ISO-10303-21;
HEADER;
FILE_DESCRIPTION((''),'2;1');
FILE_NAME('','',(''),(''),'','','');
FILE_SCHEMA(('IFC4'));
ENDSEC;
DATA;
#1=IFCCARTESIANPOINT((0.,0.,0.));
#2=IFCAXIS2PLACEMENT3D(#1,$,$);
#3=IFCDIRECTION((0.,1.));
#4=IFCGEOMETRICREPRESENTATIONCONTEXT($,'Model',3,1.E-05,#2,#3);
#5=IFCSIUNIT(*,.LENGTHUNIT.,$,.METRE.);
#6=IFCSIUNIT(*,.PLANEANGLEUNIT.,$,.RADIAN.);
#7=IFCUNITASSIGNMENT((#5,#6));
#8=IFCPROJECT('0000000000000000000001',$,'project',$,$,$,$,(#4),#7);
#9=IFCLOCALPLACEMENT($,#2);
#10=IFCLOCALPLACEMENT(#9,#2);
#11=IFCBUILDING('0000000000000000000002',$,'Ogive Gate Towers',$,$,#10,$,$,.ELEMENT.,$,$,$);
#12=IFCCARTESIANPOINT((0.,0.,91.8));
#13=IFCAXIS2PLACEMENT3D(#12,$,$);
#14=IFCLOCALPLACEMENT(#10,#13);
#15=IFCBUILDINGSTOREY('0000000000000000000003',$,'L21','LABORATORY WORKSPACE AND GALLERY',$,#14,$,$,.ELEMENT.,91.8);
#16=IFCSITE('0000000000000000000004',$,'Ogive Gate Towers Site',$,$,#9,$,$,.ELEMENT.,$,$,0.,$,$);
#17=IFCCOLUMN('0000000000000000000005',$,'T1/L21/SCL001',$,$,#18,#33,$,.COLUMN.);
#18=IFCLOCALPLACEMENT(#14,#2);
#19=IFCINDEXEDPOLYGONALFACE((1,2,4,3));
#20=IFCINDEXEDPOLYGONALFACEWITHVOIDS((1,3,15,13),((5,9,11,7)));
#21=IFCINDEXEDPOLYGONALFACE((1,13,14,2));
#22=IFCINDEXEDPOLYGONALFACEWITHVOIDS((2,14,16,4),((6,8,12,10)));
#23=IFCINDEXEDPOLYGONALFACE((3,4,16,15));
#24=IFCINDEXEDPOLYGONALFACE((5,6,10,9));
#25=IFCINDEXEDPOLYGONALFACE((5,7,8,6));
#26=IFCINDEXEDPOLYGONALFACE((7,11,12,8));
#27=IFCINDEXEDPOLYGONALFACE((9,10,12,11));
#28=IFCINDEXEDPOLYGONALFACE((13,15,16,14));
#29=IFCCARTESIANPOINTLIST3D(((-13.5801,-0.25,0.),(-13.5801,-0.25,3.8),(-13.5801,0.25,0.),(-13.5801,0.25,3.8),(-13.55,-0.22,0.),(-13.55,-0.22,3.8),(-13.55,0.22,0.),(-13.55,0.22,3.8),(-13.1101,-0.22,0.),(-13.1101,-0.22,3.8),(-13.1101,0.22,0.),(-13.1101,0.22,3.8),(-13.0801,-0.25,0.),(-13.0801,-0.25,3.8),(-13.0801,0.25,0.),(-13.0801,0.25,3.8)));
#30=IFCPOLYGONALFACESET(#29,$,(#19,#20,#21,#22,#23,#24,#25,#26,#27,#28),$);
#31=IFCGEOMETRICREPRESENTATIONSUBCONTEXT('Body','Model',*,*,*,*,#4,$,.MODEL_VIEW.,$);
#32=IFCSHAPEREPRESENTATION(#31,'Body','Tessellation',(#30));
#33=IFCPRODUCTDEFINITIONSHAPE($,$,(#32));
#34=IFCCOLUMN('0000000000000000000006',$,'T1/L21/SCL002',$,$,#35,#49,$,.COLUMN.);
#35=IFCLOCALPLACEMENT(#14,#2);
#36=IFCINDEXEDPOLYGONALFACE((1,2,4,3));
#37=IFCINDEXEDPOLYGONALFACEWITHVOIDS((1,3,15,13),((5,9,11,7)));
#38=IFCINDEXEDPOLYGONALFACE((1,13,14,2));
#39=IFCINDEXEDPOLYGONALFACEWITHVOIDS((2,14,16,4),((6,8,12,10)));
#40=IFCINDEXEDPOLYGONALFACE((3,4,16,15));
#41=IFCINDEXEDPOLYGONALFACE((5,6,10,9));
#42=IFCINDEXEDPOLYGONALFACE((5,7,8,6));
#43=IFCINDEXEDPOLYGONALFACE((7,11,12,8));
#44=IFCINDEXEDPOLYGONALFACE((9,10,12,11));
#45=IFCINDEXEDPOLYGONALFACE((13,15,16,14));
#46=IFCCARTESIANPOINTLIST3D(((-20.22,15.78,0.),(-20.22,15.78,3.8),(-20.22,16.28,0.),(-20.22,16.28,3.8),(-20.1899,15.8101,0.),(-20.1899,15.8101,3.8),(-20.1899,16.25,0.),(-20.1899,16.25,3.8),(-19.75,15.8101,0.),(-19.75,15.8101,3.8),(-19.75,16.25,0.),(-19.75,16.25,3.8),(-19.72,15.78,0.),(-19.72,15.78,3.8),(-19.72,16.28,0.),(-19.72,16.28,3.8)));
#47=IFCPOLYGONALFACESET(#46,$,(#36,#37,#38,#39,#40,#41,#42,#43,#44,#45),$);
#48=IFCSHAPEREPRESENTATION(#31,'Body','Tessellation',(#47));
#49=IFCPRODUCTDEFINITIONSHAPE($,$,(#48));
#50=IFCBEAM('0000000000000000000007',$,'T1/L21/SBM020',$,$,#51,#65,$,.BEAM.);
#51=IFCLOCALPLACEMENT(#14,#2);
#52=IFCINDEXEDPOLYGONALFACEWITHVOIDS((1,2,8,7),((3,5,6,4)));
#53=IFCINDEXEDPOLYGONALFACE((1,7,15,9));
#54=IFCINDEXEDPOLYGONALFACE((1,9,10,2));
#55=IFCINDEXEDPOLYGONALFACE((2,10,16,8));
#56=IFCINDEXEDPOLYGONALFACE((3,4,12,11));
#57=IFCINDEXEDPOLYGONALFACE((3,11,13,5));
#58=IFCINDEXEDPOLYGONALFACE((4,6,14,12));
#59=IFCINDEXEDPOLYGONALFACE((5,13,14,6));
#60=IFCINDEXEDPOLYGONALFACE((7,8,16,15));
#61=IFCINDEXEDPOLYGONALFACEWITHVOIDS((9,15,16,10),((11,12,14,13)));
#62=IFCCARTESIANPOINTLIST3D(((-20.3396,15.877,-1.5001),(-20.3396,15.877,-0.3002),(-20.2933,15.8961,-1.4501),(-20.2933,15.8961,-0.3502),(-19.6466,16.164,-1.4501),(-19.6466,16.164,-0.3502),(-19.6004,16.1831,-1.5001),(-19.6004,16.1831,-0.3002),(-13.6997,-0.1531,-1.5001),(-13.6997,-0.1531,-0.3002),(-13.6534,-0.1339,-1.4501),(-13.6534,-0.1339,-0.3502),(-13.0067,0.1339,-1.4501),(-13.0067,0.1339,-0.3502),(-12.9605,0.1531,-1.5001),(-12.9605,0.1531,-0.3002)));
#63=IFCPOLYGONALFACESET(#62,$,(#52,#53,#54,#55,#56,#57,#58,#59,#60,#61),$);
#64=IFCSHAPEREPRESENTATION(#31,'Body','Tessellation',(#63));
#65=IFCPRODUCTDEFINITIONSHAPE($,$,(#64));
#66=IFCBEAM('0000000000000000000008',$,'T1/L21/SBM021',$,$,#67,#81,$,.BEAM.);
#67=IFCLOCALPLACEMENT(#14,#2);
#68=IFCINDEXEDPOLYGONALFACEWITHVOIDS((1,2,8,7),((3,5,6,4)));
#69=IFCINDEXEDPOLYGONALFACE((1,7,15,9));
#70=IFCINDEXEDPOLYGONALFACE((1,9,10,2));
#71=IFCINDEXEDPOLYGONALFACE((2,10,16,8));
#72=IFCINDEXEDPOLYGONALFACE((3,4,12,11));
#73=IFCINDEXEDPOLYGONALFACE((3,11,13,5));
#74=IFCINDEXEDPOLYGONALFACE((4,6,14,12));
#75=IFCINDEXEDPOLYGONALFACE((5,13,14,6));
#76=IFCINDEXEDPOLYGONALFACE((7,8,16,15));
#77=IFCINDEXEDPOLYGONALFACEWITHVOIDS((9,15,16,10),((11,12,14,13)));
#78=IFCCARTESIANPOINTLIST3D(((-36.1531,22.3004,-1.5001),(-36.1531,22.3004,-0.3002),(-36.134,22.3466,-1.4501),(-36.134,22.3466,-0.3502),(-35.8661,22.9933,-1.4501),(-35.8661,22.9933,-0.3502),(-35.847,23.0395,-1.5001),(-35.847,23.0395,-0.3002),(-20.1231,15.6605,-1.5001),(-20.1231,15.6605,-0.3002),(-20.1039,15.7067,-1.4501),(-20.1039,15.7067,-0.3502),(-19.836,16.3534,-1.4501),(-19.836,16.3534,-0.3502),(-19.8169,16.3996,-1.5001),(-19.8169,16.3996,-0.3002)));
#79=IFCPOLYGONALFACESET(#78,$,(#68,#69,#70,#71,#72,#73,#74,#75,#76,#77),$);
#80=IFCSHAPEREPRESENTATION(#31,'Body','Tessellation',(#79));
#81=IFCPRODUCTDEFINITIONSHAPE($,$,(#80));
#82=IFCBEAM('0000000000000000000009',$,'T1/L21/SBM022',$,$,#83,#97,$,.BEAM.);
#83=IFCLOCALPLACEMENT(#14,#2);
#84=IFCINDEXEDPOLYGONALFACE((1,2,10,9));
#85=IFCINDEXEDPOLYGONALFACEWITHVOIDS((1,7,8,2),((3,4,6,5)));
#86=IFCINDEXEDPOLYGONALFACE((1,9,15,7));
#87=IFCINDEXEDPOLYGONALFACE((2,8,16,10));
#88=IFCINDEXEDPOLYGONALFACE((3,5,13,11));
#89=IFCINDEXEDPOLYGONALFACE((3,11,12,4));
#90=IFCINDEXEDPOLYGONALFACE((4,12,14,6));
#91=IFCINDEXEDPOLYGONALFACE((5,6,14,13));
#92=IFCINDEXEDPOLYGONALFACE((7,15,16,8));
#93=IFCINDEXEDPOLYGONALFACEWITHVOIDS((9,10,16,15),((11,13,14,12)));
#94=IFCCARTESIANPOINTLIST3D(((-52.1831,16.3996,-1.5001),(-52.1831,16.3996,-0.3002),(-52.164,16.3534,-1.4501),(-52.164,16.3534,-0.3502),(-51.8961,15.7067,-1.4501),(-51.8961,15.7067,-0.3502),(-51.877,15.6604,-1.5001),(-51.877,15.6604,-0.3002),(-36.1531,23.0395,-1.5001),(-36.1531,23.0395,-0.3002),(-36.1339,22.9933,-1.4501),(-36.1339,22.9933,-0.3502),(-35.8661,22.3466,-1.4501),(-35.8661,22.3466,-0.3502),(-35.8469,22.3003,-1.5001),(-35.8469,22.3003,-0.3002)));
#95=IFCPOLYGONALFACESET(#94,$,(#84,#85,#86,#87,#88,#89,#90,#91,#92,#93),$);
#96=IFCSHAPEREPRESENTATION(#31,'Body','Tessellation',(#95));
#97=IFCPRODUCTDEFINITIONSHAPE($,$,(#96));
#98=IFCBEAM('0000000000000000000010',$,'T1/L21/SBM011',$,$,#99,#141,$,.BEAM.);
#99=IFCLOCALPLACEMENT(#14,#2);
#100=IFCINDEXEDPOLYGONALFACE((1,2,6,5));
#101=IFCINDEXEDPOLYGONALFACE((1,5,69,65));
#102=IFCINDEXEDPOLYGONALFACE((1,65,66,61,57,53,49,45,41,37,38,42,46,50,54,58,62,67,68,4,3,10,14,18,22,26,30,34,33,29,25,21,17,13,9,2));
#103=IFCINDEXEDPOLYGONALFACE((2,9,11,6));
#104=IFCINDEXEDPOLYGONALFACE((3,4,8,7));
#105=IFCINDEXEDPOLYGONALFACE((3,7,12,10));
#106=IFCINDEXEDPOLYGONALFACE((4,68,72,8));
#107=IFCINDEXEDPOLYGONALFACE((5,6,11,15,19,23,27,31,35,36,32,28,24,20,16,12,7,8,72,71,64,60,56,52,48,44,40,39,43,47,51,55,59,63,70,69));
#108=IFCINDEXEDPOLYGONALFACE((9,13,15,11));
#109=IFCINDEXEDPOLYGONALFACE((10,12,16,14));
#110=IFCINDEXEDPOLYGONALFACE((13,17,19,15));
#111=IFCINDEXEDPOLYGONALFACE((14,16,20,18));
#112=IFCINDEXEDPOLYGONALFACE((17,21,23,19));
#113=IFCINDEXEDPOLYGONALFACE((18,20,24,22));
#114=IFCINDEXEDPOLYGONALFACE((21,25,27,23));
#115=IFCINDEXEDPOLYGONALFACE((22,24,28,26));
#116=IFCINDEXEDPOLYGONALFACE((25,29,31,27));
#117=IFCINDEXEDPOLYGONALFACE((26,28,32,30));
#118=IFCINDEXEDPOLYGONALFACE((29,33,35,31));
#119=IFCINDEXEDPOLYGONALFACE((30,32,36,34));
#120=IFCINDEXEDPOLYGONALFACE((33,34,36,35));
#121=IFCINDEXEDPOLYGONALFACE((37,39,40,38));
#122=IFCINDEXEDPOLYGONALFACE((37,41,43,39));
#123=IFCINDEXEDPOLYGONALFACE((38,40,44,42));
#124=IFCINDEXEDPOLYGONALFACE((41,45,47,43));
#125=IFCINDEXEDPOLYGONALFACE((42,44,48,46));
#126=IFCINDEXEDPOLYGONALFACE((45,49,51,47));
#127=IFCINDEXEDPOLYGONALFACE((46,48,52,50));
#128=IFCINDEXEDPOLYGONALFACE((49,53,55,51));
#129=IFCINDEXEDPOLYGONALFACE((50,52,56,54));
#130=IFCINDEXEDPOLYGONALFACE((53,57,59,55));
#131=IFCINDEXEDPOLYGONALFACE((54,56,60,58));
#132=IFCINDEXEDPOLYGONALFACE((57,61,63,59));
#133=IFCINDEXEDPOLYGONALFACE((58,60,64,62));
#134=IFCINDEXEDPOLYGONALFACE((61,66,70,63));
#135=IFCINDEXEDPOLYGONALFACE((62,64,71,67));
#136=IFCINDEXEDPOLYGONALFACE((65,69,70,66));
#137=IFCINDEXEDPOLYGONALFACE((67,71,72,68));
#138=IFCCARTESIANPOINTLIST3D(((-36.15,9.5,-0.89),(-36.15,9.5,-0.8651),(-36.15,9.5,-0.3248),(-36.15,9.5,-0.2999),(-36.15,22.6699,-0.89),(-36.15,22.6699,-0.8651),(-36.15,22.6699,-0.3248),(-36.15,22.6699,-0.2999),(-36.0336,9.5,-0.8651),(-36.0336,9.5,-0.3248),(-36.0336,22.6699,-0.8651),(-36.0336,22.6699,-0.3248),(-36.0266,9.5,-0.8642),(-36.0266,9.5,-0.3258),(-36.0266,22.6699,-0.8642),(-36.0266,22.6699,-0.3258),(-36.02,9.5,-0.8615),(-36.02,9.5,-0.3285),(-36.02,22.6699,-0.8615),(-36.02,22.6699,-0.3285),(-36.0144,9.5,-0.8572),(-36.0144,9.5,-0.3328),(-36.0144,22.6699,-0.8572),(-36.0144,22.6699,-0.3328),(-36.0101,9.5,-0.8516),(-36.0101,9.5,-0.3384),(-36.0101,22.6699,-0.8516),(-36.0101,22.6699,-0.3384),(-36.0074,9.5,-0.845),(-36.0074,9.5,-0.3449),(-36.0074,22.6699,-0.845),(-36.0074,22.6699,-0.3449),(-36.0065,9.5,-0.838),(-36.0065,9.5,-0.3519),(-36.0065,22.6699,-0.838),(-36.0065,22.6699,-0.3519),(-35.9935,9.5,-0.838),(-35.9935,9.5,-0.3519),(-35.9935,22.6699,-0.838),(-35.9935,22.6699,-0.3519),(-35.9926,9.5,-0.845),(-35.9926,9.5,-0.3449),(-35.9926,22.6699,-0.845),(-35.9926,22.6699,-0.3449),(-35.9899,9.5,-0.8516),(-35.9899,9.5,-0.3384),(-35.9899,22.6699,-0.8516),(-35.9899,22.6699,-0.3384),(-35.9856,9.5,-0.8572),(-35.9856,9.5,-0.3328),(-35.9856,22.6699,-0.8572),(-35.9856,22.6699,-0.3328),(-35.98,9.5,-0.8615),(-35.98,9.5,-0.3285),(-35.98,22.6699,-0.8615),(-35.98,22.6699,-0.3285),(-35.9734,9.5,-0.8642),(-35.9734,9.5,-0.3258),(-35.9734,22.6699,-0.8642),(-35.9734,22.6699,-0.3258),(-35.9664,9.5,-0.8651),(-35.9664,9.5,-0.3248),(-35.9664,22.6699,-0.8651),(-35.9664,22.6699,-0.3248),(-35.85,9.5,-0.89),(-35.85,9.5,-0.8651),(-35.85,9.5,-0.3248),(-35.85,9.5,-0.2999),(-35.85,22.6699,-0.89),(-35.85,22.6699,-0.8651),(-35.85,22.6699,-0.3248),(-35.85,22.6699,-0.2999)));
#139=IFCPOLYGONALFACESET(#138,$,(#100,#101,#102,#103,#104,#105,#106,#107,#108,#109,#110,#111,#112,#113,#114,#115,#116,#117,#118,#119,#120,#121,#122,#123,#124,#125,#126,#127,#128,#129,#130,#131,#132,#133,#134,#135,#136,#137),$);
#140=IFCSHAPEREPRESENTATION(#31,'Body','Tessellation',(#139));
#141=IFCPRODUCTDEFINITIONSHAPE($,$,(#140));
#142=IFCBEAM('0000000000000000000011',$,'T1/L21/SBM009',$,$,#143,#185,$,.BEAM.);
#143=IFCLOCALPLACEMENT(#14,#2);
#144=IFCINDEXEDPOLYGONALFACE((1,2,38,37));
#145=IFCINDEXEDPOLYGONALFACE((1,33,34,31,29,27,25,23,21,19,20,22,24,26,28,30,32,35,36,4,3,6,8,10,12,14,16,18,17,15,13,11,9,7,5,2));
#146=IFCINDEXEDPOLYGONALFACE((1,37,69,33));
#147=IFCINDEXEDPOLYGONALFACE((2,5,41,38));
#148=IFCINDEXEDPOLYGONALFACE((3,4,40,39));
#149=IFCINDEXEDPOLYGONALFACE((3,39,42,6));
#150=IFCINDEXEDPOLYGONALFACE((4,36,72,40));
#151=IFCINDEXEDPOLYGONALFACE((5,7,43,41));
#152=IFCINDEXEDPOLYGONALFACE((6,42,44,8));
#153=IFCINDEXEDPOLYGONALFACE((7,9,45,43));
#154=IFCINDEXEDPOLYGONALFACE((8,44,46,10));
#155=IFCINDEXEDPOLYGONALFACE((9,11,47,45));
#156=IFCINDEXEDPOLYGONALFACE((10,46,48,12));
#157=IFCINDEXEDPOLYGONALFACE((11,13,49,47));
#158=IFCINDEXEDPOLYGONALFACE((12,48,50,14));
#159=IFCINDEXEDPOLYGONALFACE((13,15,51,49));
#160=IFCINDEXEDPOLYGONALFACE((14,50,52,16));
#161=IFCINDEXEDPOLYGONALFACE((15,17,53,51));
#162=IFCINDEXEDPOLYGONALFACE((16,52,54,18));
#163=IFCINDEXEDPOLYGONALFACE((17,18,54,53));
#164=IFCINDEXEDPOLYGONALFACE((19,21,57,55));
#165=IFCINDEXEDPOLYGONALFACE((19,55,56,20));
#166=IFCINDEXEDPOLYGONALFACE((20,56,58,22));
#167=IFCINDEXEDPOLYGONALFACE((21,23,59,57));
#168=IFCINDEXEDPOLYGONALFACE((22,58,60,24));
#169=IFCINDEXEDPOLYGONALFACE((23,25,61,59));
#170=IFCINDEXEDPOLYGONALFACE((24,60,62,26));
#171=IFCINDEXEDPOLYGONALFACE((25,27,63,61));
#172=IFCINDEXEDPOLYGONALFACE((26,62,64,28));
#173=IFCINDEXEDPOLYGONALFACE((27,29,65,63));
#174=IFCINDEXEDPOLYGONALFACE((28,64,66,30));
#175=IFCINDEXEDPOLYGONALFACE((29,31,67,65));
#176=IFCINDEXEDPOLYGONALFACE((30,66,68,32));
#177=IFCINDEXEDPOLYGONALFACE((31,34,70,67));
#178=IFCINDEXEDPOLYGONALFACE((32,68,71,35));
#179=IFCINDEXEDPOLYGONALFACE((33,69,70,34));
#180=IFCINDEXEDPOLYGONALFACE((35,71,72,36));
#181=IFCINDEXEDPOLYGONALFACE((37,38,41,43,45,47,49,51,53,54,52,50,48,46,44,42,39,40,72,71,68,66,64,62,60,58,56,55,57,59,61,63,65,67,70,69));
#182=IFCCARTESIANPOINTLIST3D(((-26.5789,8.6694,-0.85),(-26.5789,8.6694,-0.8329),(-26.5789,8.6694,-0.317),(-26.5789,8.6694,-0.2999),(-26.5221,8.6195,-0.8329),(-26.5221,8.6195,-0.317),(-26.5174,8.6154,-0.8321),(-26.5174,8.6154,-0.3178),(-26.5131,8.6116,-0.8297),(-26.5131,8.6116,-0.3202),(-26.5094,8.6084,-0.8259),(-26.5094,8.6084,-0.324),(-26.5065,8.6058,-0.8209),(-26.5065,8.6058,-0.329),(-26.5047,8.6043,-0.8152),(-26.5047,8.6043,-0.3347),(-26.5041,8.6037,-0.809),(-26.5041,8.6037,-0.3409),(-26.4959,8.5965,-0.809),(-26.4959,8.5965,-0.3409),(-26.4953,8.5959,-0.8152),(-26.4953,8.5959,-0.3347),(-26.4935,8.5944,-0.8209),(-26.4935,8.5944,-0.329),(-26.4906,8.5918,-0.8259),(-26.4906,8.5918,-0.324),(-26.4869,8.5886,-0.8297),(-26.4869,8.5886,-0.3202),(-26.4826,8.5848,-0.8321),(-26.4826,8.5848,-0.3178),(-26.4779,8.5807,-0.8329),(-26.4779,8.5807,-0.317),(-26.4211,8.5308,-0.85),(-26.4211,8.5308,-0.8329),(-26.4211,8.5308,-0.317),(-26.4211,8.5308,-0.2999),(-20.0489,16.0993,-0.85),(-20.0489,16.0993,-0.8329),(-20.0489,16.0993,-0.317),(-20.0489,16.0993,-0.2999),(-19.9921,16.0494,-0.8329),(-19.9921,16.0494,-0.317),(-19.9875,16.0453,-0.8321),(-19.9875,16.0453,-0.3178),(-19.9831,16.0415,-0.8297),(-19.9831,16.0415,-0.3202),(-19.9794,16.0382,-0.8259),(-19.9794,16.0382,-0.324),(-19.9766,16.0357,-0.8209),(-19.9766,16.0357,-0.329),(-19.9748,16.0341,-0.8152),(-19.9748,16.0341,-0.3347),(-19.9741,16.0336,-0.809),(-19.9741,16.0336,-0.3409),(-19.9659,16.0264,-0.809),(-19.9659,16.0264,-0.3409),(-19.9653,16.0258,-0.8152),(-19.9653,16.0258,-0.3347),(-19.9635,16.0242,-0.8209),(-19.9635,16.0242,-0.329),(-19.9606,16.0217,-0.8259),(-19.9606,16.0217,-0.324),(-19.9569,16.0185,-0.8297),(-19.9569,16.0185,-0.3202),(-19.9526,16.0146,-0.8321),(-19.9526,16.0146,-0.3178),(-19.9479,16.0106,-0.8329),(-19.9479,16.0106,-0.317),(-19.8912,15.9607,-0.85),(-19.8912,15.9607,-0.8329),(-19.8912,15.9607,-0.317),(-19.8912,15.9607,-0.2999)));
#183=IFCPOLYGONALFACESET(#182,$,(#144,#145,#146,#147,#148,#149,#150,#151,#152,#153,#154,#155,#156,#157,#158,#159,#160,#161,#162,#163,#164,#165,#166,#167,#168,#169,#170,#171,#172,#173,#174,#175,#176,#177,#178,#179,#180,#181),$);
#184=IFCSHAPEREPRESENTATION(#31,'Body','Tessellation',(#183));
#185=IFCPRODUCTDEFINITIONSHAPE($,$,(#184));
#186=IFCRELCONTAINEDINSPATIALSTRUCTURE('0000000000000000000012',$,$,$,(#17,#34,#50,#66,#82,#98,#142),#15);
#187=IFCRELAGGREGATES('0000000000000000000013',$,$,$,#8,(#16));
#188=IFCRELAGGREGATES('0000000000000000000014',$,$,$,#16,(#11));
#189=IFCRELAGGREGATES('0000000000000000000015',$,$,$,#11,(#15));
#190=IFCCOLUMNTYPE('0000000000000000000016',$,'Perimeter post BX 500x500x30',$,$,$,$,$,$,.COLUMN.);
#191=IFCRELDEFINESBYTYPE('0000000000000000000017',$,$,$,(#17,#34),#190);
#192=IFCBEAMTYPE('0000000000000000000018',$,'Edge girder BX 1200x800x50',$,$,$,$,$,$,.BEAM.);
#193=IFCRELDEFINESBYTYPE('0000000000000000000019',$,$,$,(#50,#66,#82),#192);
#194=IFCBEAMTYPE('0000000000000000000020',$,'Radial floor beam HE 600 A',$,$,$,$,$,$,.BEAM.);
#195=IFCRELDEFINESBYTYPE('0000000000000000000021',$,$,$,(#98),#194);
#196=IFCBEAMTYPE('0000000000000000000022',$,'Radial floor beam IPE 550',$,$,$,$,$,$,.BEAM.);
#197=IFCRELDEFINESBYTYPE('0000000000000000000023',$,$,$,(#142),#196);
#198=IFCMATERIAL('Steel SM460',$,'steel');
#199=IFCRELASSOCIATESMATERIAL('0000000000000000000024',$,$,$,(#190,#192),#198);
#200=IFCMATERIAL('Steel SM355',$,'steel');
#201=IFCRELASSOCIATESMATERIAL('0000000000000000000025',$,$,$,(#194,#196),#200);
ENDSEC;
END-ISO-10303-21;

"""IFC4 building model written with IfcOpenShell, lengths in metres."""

from ifc_helpers import new_model, si_unit, direction, frame, origin, origin_2d, place, context, subcontext, project, spatial, hollow_rectangle, i_section, extrude, material, material_profile, profile_set, type_object, element, save


model = new_model("IFC4")

# Units and contexts
model_context = context("Model", 3, precision=1e-05, world=origin(), true_north=direction((0.0, 1.0)))
body_context = subcontext(model_context, "Body", "Model", "MODEL_VIEW")
ifc_project = project(units=[si_unit("LENGTHUNIT", "METRE"), si_unit("PLANEANGLEUNIT", "RADIAN")], contexts=[model_context])

# Site, building, storey
site_placement = place(None, origin())
site = spatial("IfcSite", under=ifc_project, at=site_placement, Name="Ogive Gate Towers Site", CompositionType="ELEMENT", RefElevation=0.0)
building_placement = place(site_placement, origin())
building = spatial("IfcBuilding", under=site, at=building_placement, Name="Ogive Gate Towers", CompositionType="ELEMENT")
storey_placement = place(building_placement, frame((0.0, 0.0, 91.8)))
storey = spatial("IfcBuildingStorey", under=building, at=storey_placement, Name="L21", Description="LABORATORY WORKSPACE AND GALLERY", CompositionType="ELEMENT", Elevation=91.8)

# Columns
ifc_material_1 = material(Name="Steel SM460", Category="steel")
ifc_material_profile_1 = material_profile(ifc_material_1, hollow_rectangle(XDim=0.5, YDim=0.5, WallThickness=0.03, at=origin_2d()), Name="BX 500x500x30")
ifc_profile_set_1 = profile_set([ifc_material_profile_1], Name="Steel SM460")
column_type = type_object("IfcColumnType", Name="Perimeter post BX 500x500x30", PredefinedType="COLUMN", material=ifc_profile_set_1)
for number, where, z_axis, x_axis, name in (
    (1, (-13.3301, 0.0, 0.0), (0.0, 0.0, 1.0), (1.0, 0.0, 0.0), "T1/L21/SCL001"),
    (2, (-19.97, 16.03, 0.0), (0.0, 0.0, 1.0), (1.0, 0.0, 0.0), "T1/L21/SCL002"),
):
    element("IfcColumn", number, at=place(storey_placement, frame(where, z_axis=z_axis, x_axis=x_axis)), inside=storey, type_object=column_type, Name=name, PredefinedType="COLUMN", context=body_context, shape_type="SweptSolid", body=[
        extrude(hollow_rectangle(XDim=0.5, YDim=0.5, WallThickness=0.03, at=origin_2d()), origin(), (0.0, 0.0, 1.0), 3.8),
    ])

# Beams
ifc_material_profile_2 = material_profile(ifc_material_1, hollow_rectangle(XDim=0.8, YDim=1.2, WallThickness=0.05, at=origin_2d()), Name="BX 1200x800x50")
ifc_profile_set_2 = profile_set([ifc_material_profile_2], Name="Steel SM460")
beam_type_1 = type_object("IfcBeamType", Name="Edge girder BX 1200x800x50", PredefinedType="BEAM", material=ifc_profile_set_2)
for number, where, z_axis, x_axis, name in (
    (3, (-13.3301, 0.0, -0.9001), (-0.382685, 0.923879, 0.0), (-0.923879, -0.382685, 0.0), "T1/L21/SBM020"),
    (4, (-19.97, 16.03, -0.9001), (-0.923879, 0.382685, 0.0), (-0.382685, -0.923879, 0.0), "T1/L21/SBM021"),
    (5, (-36.0, 22.6699, -0.9001), (-0.923879, -0.382685, 0.0), (0.382685, -0.923879, 0.0), "T1/L21/SBM022"),
):
    element("IfcBeam", number, at=place(storey_placement, frame(where, z_axis=z_axis, x_axis=x_axis)), inside=storey, type_object=beam_type_1, Name=name, PredefinedType="BEAM", context=body_context, shape_type="SweptSolid", body=[
        extrude(hollow_rectangle(XDim=0.8, YDim=1.2, WallThickness=0.05, at=origin_2d()), origin(), (0.0, 0.0, 1.0), 17.3508),
    ])
ifc_material_2 = material(Name="Steel SM355", Category="steel")
ifc_material_profile_3 = material_profile(ifc_material_2, i_section(OverallWidth=0.3, OverallDepth=0.5901, WebThickness=0.0129, FlangeThickness=0.0249, FilletRadius=0.0271, at=origin_2d()), Name="HE 600 A")
ifc_profile_set_3 = profile_set([ifc_material_profile_3], Name="Steel SM355")
beam_type_2 = type_object("IfcBeamType", Name="Radial floor beam HE 600 A", PredefinedType="BEAM", material=ifc_profile_set_3)
beam_1_placement = place(storey_placement, frame((-36.0, 9.5, -0.595), z_axis=(0.0, 1.0, 0.0), x_axis=(-1.0, 0.0, 0.0)))
element("IfcBeam", 6, at=beam_1_placement, inside=storey, type_object=beam_type_2, Name="T1/L21/SBM011", PredefinedType="BEAM", context=body_context, shape_type="SweptSolid", body=[
    extrude(i_section(OverallWidth=0.3, OverallDepth=0.5901, WebThickness=0.0129, FlangeThickness=0.0249, FilletRadius=0.0271, at=origin_2d()), origin(), (0.0, 0.0, 1.0), 13.1699),
])
ifc_material_profile_4 = material_profile(ifc_material_2, i_section(OverallWidth=0.21, OverallDepth=0.55, WebThickness=0.011, FlangeThickness=0.0171, FilletRadius=0.0239, at=origin_2d()), Name="IPE 550")
ifc_profile_set_4 = profile_set([ifc_material_profile_4], Name="Steel SM355")
beam_type_3 = type_object("IfcBeamType", Name="Radial floor beam IPE 550", PredefinedType="BEAM", material=ifc_profile_set_4)
beam_2_placement = place(storey_placement, frame((-26.5, 8.6001, -0.575), z_axis=(0.660154, 0.75113, 0.0), x_axis=(-0.75113, 0.660154, 0.0)))
element("IfcBeam", 7, at=beam_2_placement, inside=storey, type_object=beam_type_3, Name="T1/L21/SBM009", PredefinedType="BEAM", context=body_context, shape_type="SweptSolid", body=[
    extrude(i_section(OverallWidth=0.21, OverallDepth=0.55, WebThickness=0.011, FlangeThickness=0.0171, FilletRadius=0.0239, at=origin_2d()), origin(), (0.0, 0.0, 1.0), 9.8916),
])

save(model, "model.ifc")
